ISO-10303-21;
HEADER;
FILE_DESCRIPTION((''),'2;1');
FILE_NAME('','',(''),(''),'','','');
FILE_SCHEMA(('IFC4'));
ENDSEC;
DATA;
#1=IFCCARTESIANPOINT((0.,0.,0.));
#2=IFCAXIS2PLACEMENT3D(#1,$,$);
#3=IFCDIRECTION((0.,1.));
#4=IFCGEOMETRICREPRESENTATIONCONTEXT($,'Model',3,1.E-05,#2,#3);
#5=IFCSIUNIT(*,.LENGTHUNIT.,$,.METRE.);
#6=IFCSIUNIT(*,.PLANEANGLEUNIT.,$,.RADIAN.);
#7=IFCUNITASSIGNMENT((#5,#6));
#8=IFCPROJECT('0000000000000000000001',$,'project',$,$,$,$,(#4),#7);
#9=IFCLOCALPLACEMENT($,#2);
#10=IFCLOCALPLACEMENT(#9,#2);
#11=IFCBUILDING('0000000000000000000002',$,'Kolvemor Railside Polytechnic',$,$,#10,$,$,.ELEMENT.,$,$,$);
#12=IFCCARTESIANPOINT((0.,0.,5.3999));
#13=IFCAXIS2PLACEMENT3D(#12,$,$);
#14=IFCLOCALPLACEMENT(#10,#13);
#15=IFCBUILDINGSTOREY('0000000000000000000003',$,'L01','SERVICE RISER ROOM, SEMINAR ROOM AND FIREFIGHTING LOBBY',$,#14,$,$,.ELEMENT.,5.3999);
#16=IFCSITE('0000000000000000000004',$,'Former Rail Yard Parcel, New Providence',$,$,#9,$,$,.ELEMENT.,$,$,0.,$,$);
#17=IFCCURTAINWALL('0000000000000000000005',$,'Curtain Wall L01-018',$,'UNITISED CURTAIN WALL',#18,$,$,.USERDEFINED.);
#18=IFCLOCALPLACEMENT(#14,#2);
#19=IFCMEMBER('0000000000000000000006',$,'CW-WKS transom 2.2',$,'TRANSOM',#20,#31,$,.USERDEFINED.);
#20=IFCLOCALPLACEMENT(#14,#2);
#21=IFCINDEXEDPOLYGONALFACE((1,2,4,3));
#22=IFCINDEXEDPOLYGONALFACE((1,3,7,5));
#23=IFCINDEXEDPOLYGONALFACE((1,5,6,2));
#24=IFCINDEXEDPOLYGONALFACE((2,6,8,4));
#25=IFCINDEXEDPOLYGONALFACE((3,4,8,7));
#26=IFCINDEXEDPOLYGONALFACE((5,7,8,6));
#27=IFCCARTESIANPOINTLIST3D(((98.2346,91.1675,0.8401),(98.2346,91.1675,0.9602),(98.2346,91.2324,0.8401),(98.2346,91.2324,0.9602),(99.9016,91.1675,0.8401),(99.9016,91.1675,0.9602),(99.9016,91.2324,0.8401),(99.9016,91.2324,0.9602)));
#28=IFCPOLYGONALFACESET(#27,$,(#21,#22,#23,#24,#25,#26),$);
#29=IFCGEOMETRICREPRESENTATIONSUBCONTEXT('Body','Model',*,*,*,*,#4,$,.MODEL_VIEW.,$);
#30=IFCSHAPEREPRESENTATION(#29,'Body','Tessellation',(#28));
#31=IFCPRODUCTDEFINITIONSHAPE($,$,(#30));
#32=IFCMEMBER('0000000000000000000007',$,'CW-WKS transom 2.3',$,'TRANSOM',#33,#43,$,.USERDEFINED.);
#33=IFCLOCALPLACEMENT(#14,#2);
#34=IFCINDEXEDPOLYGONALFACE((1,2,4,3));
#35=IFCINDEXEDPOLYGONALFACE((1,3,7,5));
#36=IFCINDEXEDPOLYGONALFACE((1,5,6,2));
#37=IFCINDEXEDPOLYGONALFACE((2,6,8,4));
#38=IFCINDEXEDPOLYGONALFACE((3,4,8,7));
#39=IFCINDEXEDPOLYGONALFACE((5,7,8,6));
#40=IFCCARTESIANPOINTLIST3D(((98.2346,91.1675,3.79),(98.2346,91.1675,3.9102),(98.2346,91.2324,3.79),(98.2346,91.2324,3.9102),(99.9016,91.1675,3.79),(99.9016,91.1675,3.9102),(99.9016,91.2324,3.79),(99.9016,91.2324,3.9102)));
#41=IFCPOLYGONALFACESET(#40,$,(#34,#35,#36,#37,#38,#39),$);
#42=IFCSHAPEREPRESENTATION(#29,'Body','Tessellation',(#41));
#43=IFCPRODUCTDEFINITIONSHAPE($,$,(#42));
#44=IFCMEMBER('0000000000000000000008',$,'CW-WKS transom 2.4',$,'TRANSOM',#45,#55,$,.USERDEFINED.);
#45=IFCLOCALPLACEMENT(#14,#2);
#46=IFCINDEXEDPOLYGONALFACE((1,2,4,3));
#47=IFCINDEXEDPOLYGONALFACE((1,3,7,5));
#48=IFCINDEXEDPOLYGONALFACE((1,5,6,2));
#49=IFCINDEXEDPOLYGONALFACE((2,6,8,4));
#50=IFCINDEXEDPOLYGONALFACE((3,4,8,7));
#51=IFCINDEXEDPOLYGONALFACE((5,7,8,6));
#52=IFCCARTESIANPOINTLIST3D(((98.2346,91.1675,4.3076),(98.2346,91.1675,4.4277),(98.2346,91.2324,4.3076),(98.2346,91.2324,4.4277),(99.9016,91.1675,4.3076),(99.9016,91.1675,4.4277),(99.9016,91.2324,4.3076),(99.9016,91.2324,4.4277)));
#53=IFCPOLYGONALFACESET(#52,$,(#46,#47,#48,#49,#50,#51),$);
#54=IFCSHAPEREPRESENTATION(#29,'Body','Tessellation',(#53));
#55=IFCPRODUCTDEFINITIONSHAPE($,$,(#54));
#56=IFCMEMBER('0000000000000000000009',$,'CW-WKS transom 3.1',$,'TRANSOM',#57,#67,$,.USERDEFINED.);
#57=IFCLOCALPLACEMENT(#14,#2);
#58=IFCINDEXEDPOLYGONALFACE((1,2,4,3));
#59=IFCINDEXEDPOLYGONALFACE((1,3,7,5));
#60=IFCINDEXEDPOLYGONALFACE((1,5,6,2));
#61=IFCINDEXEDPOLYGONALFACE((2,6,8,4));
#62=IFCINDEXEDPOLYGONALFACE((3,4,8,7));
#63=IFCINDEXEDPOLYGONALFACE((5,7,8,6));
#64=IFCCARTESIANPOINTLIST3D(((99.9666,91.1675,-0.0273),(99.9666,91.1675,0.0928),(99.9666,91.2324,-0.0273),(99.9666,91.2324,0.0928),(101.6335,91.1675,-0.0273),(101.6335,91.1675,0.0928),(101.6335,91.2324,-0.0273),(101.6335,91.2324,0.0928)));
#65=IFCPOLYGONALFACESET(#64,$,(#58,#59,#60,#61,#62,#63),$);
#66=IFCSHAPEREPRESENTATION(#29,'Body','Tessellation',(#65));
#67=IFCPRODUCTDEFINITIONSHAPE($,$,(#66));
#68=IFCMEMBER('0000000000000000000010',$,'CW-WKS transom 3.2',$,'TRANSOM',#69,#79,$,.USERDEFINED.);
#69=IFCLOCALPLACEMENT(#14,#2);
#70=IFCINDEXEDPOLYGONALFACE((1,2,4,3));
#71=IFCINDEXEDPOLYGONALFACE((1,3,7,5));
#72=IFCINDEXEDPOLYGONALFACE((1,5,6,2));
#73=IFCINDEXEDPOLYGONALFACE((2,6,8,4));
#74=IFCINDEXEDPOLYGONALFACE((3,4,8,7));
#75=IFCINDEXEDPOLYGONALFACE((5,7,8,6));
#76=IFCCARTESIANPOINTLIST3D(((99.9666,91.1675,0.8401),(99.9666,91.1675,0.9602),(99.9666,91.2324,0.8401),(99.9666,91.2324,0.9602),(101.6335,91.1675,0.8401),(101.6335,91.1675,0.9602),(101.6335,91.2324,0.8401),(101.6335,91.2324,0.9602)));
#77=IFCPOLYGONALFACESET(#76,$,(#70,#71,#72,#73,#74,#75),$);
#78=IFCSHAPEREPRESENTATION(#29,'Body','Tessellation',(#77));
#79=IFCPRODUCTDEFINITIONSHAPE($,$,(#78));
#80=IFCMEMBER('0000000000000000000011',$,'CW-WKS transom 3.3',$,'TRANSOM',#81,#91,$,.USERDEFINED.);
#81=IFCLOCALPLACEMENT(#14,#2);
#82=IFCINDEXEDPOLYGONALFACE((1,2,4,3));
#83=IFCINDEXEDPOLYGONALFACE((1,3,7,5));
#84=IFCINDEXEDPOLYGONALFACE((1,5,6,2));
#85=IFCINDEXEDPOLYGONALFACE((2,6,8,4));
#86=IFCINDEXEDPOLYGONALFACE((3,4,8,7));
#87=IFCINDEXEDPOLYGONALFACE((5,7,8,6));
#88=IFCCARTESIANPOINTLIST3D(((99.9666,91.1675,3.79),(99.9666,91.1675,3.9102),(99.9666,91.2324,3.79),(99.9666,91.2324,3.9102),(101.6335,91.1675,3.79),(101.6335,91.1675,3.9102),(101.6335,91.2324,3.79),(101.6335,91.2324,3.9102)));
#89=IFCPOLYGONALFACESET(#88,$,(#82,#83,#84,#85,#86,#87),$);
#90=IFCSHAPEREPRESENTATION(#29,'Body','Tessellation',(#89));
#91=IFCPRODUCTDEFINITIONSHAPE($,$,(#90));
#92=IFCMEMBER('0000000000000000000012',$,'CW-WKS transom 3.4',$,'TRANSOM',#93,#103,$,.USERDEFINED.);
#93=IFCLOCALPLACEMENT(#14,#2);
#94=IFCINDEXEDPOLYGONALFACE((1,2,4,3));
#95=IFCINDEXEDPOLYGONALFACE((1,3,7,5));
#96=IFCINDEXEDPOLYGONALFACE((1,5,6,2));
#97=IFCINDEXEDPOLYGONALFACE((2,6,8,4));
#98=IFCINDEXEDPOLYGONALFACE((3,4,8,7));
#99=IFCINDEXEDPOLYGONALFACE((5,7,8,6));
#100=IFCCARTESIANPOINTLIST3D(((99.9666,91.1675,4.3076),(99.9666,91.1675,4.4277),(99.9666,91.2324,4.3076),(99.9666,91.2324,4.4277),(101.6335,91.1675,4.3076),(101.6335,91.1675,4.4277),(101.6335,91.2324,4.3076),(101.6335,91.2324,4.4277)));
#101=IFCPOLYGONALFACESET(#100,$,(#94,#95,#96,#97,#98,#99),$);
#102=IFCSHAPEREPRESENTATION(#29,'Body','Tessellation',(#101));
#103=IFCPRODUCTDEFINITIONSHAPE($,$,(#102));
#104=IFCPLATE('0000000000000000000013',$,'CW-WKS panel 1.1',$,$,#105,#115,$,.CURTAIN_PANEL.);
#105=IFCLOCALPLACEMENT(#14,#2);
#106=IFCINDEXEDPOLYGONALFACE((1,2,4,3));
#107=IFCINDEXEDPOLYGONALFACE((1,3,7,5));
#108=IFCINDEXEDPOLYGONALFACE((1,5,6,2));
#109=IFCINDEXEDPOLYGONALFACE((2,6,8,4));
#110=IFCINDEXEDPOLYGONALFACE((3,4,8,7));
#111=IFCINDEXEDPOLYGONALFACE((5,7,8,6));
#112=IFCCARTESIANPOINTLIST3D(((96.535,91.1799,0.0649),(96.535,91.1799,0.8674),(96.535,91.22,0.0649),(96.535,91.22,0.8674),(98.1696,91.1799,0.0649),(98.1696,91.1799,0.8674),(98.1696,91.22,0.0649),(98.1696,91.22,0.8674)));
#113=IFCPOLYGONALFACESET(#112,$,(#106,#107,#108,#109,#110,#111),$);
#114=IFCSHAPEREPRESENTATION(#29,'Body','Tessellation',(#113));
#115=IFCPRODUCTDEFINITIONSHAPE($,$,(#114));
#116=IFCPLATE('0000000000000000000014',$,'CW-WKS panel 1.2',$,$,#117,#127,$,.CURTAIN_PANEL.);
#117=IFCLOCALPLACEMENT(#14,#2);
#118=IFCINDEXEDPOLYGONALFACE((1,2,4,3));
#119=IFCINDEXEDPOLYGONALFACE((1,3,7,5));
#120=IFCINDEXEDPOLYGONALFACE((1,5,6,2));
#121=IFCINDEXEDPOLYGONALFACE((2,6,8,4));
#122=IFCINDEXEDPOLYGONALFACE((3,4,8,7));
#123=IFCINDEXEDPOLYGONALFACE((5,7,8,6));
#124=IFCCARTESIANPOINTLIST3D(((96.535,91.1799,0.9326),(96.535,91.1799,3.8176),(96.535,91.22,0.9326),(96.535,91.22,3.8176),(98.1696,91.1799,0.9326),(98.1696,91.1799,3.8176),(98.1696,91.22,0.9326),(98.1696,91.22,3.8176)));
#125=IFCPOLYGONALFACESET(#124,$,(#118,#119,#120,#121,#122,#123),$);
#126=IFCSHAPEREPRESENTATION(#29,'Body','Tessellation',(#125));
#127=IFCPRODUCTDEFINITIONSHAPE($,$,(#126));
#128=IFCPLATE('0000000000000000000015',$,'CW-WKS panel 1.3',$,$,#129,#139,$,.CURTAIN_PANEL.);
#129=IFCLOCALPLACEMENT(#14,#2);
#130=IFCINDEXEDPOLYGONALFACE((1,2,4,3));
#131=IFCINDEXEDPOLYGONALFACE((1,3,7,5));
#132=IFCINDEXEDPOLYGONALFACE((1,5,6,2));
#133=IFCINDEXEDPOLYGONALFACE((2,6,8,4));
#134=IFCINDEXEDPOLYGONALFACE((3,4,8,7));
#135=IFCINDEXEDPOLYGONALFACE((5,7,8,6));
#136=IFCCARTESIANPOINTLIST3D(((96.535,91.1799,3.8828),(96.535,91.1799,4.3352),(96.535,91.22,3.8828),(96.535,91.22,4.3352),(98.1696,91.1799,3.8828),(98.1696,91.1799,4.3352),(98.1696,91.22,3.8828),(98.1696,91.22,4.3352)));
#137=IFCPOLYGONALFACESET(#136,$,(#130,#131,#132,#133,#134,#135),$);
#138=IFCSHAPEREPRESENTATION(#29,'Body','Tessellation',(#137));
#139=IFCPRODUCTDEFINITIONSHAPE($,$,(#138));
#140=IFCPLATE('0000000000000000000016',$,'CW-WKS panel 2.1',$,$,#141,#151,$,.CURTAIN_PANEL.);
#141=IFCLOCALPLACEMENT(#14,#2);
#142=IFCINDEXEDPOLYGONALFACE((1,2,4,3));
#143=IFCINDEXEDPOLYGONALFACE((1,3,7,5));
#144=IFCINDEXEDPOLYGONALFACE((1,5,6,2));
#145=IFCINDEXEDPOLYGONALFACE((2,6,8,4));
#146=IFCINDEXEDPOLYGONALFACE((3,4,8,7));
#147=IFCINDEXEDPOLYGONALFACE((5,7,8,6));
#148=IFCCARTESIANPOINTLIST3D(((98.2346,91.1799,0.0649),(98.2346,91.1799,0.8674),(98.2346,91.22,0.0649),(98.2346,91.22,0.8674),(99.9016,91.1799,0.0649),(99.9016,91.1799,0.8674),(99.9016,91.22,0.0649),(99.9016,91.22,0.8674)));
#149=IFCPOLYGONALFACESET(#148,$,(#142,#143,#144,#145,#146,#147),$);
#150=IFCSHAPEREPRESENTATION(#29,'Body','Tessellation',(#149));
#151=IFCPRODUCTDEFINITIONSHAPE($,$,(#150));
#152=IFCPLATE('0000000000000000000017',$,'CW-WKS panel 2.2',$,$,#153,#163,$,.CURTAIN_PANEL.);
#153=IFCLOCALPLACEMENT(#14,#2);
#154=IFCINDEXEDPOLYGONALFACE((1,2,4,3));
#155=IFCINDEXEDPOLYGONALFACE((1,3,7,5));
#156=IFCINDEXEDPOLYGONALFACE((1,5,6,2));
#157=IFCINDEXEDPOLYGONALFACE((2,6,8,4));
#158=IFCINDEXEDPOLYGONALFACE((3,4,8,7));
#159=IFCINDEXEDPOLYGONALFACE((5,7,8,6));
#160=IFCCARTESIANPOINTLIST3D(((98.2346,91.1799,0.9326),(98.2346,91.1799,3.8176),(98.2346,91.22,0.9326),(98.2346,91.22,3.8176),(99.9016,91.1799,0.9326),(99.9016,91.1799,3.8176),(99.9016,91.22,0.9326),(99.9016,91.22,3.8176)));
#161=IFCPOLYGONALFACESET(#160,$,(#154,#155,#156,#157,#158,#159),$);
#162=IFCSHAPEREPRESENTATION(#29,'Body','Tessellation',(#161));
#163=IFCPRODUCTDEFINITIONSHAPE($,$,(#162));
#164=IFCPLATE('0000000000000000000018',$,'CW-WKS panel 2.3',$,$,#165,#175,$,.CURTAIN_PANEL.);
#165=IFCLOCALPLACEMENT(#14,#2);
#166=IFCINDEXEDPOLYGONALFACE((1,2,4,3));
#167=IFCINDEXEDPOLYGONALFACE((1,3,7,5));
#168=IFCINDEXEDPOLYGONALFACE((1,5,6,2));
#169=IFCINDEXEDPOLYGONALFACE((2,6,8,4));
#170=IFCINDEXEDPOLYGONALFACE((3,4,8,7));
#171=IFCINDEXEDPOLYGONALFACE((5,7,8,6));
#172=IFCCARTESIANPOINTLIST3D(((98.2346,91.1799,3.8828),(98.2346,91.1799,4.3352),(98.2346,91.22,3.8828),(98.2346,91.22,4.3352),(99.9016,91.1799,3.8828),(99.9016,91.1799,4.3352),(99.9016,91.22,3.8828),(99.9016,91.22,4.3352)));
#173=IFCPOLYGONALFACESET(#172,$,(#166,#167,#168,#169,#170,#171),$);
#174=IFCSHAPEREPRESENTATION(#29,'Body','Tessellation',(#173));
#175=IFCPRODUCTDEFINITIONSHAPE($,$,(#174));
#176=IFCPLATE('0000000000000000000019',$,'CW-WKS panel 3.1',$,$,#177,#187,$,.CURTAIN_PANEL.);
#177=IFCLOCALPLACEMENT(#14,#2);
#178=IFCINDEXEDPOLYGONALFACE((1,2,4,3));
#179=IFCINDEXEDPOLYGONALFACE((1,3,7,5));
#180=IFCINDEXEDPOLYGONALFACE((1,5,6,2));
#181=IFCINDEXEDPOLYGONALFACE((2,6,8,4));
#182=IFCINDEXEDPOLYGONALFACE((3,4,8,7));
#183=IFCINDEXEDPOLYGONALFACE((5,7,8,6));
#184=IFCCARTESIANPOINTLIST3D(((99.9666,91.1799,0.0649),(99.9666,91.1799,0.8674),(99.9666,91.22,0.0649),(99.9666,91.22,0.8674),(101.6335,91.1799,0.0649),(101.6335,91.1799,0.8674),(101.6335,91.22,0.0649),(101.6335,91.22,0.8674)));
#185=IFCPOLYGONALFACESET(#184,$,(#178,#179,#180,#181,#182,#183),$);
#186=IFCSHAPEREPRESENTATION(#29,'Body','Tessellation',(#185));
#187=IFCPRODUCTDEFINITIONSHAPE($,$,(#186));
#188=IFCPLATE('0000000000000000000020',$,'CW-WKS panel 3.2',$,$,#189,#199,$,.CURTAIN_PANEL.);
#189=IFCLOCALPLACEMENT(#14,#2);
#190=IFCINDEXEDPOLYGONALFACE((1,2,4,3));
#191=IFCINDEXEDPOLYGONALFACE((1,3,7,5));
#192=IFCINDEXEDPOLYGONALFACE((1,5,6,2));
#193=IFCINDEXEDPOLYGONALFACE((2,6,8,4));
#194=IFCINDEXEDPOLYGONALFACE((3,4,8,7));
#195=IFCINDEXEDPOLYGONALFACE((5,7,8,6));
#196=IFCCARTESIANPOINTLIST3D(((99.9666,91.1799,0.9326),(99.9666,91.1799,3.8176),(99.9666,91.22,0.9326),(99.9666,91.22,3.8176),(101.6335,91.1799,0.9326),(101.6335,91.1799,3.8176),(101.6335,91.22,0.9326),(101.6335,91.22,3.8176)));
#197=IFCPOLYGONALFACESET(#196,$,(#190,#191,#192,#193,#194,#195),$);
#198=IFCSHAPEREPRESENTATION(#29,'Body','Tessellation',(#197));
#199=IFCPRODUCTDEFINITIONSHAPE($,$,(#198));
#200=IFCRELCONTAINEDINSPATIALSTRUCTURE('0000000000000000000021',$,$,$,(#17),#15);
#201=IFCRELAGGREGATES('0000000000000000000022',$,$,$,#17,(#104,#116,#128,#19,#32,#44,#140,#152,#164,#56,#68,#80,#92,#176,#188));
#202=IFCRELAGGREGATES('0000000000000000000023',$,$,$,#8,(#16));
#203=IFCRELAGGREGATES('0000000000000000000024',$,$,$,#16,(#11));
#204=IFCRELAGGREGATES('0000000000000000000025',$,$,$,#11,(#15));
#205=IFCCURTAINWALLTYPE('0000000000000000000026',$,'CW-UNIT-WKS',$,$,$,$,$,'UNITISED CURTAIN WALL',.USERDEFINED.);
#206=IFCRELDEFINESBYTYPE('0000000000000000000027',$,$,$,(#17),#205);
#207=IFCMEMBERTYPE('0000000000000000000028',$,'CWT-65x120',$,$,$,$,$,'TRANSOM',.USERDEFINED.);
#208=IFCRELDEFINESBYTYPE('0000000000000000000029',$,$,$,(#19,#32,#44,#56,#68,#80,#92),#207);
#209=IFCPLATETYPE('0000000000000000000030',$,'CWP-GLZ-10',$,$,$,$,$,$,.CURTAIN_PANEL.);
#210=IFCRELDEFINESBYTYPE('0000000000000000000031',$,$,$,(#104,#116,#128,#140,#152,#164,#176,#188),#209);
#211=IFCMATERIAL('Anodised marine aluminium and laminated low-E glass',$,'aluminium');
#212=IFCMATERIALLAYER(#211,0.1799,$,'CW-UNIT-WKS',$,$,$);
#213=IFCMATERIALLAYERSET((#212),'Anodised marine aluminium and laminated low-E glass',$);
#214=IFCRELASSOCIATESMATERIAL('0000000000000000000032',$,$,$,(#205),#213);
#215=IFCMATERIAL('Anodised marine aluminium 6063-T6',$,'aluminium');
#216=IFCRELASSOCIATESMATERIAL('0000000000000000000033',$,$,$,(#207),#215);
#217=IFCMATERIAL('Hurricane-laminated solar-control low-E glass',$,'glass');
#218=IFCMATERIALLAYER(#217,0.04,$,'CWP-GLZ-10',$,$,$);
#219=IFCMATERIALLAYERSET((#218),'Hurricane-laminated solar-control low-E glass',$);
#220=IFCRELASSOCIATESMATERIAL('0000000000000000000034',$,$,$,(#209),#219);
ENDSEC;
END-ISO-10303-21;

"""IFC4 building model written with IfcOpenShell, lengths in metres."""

from ifc_helpers import new_model, si_unit, direction, frame, origin, origin_2d, place, context, subcontext, project, spatial, rectangle, extrude, material, layer, layer_set, material_profile, profile_set, type_object, element, aggregate, save


model = new_model("IFC4")

# Units and contexts
model_context = context("Model", 3, precision=1e-05, world=origin(), true_north=direction((0.0, 1.0)))
body_context = subcontext(model_context, "Body", "Model", "MODEL_VIEW")
ifc_project = project(units=[si_unit("LENGTHUNIT", "METRE"), si_unit("PLANEANGLEUNIT", "RADIAN")], contexts=[model_context])

# Site, building, storey
site_placement = place(None, origin())
site = spatial("IfcSite", under=ifc_project, at=site_placement, Name="Former Rail Yard Parcel, New Providence", CompositionType="ELEMENT", RefElevation=0.0)
building_placement = place(site_placement, origin())
building = spatial("IfcBuilding", under=site, at=building_placement, Name="Kolvemor Railside Polytechnic", CompositionType="ELEMENT")
storey_placement = place(building_placement, frame((0.0, 0.0, 5.3999)))
storey = spatial("IfcBuildingStorey", under=building, at=storey_placement, Name="L01", Description="SERVICE RISER ROOM, SEMINAR ROOM AND FIREFIGHTING LOBBY", CompositionType="ELEMENT", Elevation=5.3999)

# Curtain wall, members, plates
ifc_material_1 = material(Name="Anodised marine aluminium and laminated low-E glass", Category="aluminium")
ifc_layer_1 = layer(ifc_material_1, 0.1799, Name="CW-UNIT-WKS")
ifc_layer_set_1 = layer_set([ifc_layer_1], Name="Anodised marine aluminium and laminated low-E glass")
curtain_wall_type = type_object("IfcCurtainWallType", Name="CW-UNIT-WKS", ElementType="UNITISED CURTAIN WALL", PredefinedType="USERDEFINED", material=ifc_layer_set_1)
curtain_wall_placement = place(storey_placement, origin())
curtain_wall = element("IfcCurtainWall", 1, at=curtain_wall_placement, inside=storey, type_object=curtain_wall_type, Name="Curtain Wall L01-018", ObjectType="UNITISED CURTAIN WALL", PredefinedType="USERDEFINED")
ifc_material_2 = material(Name="Anodised marine aluminium 6063-T6", Category="aluminium")
ifc_material_profile_1 = material_profile(ifc_material_2, rectangle(XDim=0.0649, YDim=0.1201, at=origin_2d()), Name="CW-TRN-65x120")
ifc_profile_set_1 = profile_set([ifc_material_profile_1], Name="Anodised marine aluminium 6063-T6")
member_type_1 = type_object("IfcMemberType", Name="CWT-65x120", ElementType="TRANSOM", PredefinedType="USERDEFINED", material=ifc_profile_set_1)
member_1_placement = place(storey_placement, frame((98.2346, 91.2, 0.9001), z_axis=(1.0, 0.0, 0.0), x_axis=(0.0, 1.0, 0.0)))
member_1 = element("IfcMember", 2, at=member_1_placement, type_object=member_type_1, Name="CW-WKS transom 2.2", ObjectType="TRANSOM", PredefinedType="USERDEFINED", context=body_context, shape_type="SweptSolid", body=[
    extrude(rectangle(XDim=0.0649, YDim=0.1201, at=origin_2d()), origin(), (0.0, 0.0, 1.0), 1.667),
])
member_2_placement = place(storey_placement, frame((98.2346, 91.2, 3.8501), z_axis=(1.0, 0.0, 0.0), x_axis=(0.0, 1.0, 0.0)))
member_2 = element("IfcMember", 3, at=member_2_placement, type_object=member_type_1, Name="CW-WKS transom 2.3", ObjectType="TRANSOM", PredefinedType="USERDEFINED", context=body_context, shape_type="SweptSolid", body=[
    extrude(rectangle(XDim=0.0649, YDim=0.1201, at=origin_2d()), origin(), (0.0, 0.0, 1.0), 1.667),
])
member_3_placement = place(storey_placement, frame((98.2346, 91.2, 4.3677), z_axis=(1.0, 0.0, 0.0), x_axis=(0.0, 1.0, 0.0)))
member_3 = element("IfcMember", 4, at=member_3_placement, type_object=member_type_1, Name="CW-WKS transom 2.4", ObjectType="TRANSOM", PredefinedType="USERDEFINED", context=body_context, shape_type="SweptSolid", body=[
    extrude(rectangle(XDim=0.0649, YDim=0.1201, at=origin_2d()), origin(), (0.0, 0.0, 1.0), 1.667),
])
member_4_placement = place(storey_placement, frame((99.9666, 91.2, 0.0327), z_axis=(1.0, 0.0, 0.0), x_axis=(0.0, 1.0, 0.0)))
member_4 = element("IfcMember", 5, at=member_4_placement, type_object=member_type_1, Name="CW-WKS transom 3.1", ObjectType="TRANSOM", PredefinedType="USERDEFINED", context=body_context, shape_type="SweptSolid", body=[
    extrude(rectangle(XDim=0.0649, YDim=0.1201, at=origin_2d()), origin(), (0.0, 0.0, 1.0), 1.667),
])
member_5_placement = place(storey_placement, frame((99.9666, 91.2, 0.9001), z_axis=(1.0, 0.0, 0.0), x_axis=(0.0, 1.0, 0.0)))
member_5 = element("IfcMember", 6, at=member_5_placement, type_object=member_type_1, Name="CW-WKS transom 3.2", ObjectType="TRANSOM", PredefinedType="USERDEFINED", context=body_context, shape_type="SweptSolid", body=[
    extrude(rectangle(XDim=0.0649, YDim=0.1201, at=origin_2d()), origin(), (0.0, 0.0, 1.0), 1.667),
])
member_6_placement = place(storey_placement, frame((99.9666, 91.2, 3.8501), z_axis=(1.0, 0.0, 0.0), x_axis=(0.0, 1.0, 0.0)))
member_6 = element("IfcMember", 7, at=member_6_placement, type_object=member_type_1, Name="CW-WKS transom 3.3", ObjectType="TRANSOM", PredefinedType="USERDEFINED", context=body_context, shape_type="SweptSolid", body=[
    extrude(rectangle(XDim=0.0649, YDim=0.1201, at=origin_2d()), origin(), (0.0, 0.0, 1.0), 1.667),
])
member_7_placement = place(storey_placement, frame((99.9666, 91.2, 4.3677), z_axis=(1.0, 0.0, 0.0), x_axis=(0.0, 1.0, 0.0)))
member_7 = element("IfcMember", 8, at=member_7_placement, type_object=member_type_1, Name="CW-WKS transom 3.4", ObjectType="TRANSOM", PredefinedType="USERDEFINED", context=body_context, shape_type="SweptSolid", body=[
    extrude(rectangle(XDim=0.0649, YDim=0.1201, at=origin_2d()), origin(), (0.0, 0.0, 1.0), 1.667),
])
ifc_material_3 = material(Name="Hurricane-laminated solar-control low-E glass", Category="glass")
ifc_layer_2 = layer(ifc_material_3, 0.04, Name="CWP-GLZ-10")
ifc_layer_set_2 = layer_set([ifc_layer_2], Name="Hurricane-laminated solar-control low-E glass")
plate_type = type_object("IfcPlateType", Name="CWP-GLZ-10", PredefinedType="CURTAIN_PANEL", material=ifc_layer_set_2)
plate_1_placement = place(storey_placement, frame((97.3523, 91.2, 0.0649), z_axis=(0.0, 0.0, 1.0), x_axis=(1.0, 0.0, 0.0)))
plate_1 = element("IfcPlate", 9, at=plate_1_placement, type_object=plate_type, Name="CW-WKS panel 1.1", PredefinedType="CURTAIN_PANEL", context=body_context, shape_type="SweptSolid", body=[
    extrude(rectangle(XDim=1.6345, YDim=0.04, at=origin_2d()), origin(), (0.0, 0.0, 1.0), 0.8025),
])
plate_2_placement = place(storey_placement, frame((97.3523, 91.2, 0.9326), z_axis=(0.0, 0.0, 1.0), x_axis=(1.0, 0.0, 0.0)))
plate_2 = element("IfcPlate", 10, at=plate_2_placement, type_object=plate_type, Name="CW-WKS panel 1.2", PredefinedType="CURTAIN_PANEL", context=body_context, shape_type="SweptSolid", body=[
    extrude(rectangle(XDim=1.6345, YDim=0.04, at=origin_2d()), origin(), (0.0, 0.0, 1.0), 2.885),
])
plate_3_placement = place(storey_placement, frame((97.3523, 91.2, 3.8828), z_axis=(0.0, 0.0, 1.0), x_axis=(1.0, 0.0, 0.0)))
plate_3 = element("IfcPlate", 11, at=plate_3_placement, type_object=plate_type, Name="CW-WKS panel 1.3", PredefinedType="CURTAIN_PANEL", context=body_context, shape_type="SweptSolid", body=[
    extrude(rectangle(XDim=1.6345, YDim=0.04, at=origin_2d()), origin(), (0.0, 0.0, 1.0), 0.4524),
])
plate_4_placement = place(storey_placement, frame((99.0681, 91.2, 0.0649), z_axis=(0.0, 0.0, 1.0), x_axis=(1.0, 0.0, 0.0)))
plate_4 = element("IfcPlate", 12, at=plate_4_placement, type_object=plate_type, Name="CW-WKS panel 2.1", PredefinedType="CURTAIN_PANEL", context=body_context, shape_type="SweptSolid", body=[
    extrude(rectangle(XDim=1.667, YDim=0.04, at=origin_2d()), origin(), (0.0, 0.0, 1.0), 0.8025),
])
plate_5_placement = place(storey_placement, frame((99.0681, 91.2, 0.9326), z_axis=(0.0, 0.0, 1.0), x_axis=(1.0, 0.0, 0.0)))
plate_5 = element("IfcPlate", 13, at=plate_5_placement, type_object=plate_type, Name="CW-WKS panel 2.2", PredefinedType="CURTAIN_PANEL", context=body_context, shape_type="SweptSolid", body=[
    extrude(rectangle(XDim=1.667, YDim=0.04, at=origin_2d()), origin(), (0.0, 0.0, 1.0), 2.885),
])
plate_6_placement = place(storey_placement, frame((99.0681, 91.2, 3.8828), z_axis=(0.0, 0.0, 1.0), x_axis=(1.0, 0.0, 0.0)))
plate_6 = element("IfcPlate", 14, at=plate_6_placement, type_object=plate_type, Name="CW-WKS panel 2.3", PredefinedType="CURTAIN_PANEL", context=body_context, shape_type="SweptSolid", body=[
    extrude(rectangle(XDim=1.667, YDim=0.04, at=origin_2d()), origin(), (0.0, 0.0, 1.0), 0.4524),
])
plate_7_placement = place(storey_placement, frame((100.8, 91.2, 0.0649), z_axis=(0.0, 0.0, 1.0), x_axis=(1.0, 0.0, 0.0)))
plate_7 = element("IfcPlate", 15, at=plate_7_placement, type_object=plate_type, Name="CW-WKS panel 3.1", PredefinedType="CURTAIN_PANEL", context=body_context, shape_type="SweptSolid", body=[
    extrude(rectangle(XDim=1.667, YDim=0.04, at=origin_2d()), origin(), (0.0, 0.0, 1.0), 0.8025),
])
plate_8_placement = place(storey_placement, frame((100.8, 91.2, 0.9326), z_axis=(0.0, 0.0, 1.0), x_axis=(1.0, 0.0, 0.0)))
plate_8 = element("IfcPlate", 16, at=plate_8_placement, type_object=plate_type, Name="CW-WKS panel 3.2", PredefinedType="CURTAIN_PANEL", context=body_context, shape_type="SweptSolid", body=[
    extrude(rectangle(XDim=1.667, YDim=0.04, at=origin_2d()), origin(), (0.0, 0.0, 1.0), 2.885),
])
aggregate(curtain_wall, [plate_1, plate_2, plate_3, member_1, member_2, member_3, plate_4, plate_5, plate_6, member_4, member_5, member_6, member_7, plate_7, plate_8])

save(model, "model.ifc")
